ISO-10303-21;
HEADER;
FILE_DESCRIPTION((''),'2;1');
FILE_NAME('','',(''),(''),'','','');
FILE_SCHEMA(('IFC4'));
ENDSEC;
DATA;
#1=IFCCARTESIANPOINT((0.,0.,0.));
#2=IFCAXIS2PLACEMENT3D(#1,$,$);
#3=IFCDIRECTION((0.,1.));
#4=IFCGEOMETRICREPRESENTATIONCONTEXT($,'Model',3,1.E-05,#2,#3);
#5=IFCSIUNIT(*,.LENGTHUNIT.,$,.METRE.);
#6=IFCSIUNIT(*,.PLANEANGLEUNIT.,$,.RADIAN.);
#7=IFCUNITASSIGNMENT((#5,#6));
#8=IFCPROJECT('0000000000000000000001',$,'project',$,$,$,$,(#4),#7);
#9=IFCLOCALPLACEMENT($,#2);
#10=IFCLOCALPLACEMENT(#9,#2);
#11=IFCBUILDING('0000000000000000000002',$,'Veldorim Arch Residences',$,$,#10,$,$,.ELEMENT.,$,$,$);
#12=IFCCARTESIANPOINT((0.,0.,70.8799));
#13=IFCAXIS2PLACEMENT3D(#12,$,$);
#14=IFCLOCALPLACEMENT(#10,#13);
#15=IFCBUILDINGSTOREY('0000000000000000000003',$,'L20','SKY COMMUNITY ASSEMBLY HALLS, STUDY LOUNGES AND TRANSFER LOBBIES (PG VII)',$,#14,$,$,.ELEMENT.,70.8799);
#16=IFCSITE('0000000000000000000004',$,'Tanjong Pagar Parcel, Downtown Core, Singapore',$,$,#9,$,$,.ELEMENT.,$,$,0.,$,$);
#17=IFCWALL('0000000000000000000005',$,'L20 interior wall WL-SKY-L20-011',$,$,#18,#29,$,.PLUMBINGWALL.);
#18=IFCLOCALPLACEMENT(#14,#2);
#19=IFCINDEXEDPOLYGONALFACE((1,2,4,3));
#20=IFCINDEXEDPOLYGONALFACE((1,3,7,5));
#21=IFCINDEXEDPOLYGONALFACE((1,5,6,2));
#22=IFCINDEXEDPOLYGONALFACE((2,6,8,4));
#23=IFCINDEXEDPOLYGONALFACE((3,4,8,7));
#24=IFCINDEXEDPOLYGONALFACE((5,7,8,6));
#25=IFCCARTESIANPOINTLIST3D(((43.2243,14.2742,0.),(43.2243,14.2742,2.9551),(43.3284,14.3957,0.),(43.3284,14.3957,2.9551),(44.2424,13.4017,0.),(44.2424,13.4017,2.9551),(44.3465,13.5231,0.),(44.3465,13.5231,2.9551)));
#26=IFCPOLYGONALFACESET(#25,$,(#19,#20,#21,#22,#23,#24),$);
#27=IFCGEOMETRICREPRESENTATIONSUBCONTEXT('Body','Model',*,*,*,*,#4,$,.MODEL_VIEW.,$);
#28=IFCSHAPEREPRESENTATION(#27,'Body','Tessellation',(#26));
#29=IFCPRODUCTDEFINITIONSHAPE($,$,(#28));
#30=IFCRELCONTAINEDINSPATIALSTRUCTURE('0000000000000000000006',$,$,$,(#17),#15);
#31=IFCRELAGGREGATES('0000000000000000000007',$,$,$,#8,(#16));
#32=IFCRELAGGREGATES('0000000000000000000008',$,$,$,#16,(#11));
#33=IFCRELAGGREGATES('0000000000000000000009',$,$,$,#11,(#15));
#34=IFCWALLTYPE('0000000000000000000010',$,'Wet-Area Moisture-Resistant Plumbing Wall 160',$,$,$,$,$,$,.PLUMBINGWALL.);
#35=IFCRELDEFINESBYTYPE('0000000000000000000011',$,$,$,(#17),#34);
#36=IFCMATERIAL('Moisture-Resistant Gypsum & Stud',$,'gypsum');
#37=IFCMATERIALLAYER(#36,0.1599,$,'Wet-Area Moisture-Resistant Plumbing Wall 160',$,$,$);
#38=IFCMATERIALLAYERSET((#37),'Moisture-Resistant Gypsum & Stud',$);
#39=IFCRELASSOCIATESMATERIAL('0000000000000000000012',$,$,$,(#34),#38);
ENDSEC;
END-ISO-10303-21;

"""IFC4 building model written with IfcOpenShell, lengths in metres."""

from ifc_helpers import new_model, si_unit, direction, frame, frame_2d, origin, place, context, subcontext, project, spatial, rectangle, extrude, material, layer, layer_set, type_object, element, save


model = new_model("IFC4")

# Units and contexts
model_context = context("Model", 3, precision=1e-05, world=origin(), true_north=direction((0.0, 1.0)))
body_context = subcontext(model_context, "Body", "Model", "MODEL_VIEW")
ifc_project = project(units=[si_unit("LENGTHUNIT", "METRE"), si_unit("PLANEANGLEUNIT", "RADIAN")], contexts=[model_context])

# Site, building, storey
site_placement = place(None, origin())
site = spatial("IfcSite", under=ifc_project, at=site_placement, Name="Tanjong Pagar Parcel, Downtown Core, Singapore", CompositionType="ELEMENT", RefElevation=0.0)
building_placement = place(site_placement, origin())
building = spatial("IfcBuilding", under=site, at=building_placement, Name="Veldorim Arch Residences", CompositionType="ELEMENT")
storey_placement = place(building_placement, frame((0.0, 0.0, 70.8799)))
storey = spatial("IfcBuildingStorey", under=building, at=storey_placement, Name="L20", Description="SKY COMMUNITY ASSEMBLY HALLS, STUDY LOUNGES AND TRANSFER LOBBIES (PG VII)", CompositionType="ELEMENT", Elevation=70.8799)

# Wall
ifc_material_1 = material(Name="Moisture-Resistant Gypsum & Stud", Category="gypsum")
ifc_layer_1 = layer(ifc_material_1, 0.1599, Name="Wet-Area Moisture-Resistant Plumbing Wall 160")
ifc_layer_set_1 = layer_set([ifc_layer_1], Name="Moisture-Resistant Gypsum & Stud")
wall_type_1 = type_object("IfcWallType", Name="Wet-Area Moisture-Resistant Plumbing Wall 160", PredefinedType="PLUMBINGWALL", material=ifc_layer_set_1)
wall_1_placement = place(storey_placement, frame((44.2944, 13.4624, 0.0), z_axis=(0.0, 0.0, 1.0), x_axis=(-0.759282, 0.650761, 0.0)))
element("IfcWall", 1, at=wall_1_placement, inside=storey, type_object=wall_type_1, Name="L20 interior wall WL-SKY-L20-011", PredefinedType="PLUMBINGWALL", context=body_context, shape_type="SweptSolid", body=[
    extrude(rectangle(XDim=1.3408, YDim=0.1599, at=frame_2d((0.6704, 0.0))), origin(), (0.0, 0.0, 1.0), 2.9551),
])

save(model, "model.ifc")
